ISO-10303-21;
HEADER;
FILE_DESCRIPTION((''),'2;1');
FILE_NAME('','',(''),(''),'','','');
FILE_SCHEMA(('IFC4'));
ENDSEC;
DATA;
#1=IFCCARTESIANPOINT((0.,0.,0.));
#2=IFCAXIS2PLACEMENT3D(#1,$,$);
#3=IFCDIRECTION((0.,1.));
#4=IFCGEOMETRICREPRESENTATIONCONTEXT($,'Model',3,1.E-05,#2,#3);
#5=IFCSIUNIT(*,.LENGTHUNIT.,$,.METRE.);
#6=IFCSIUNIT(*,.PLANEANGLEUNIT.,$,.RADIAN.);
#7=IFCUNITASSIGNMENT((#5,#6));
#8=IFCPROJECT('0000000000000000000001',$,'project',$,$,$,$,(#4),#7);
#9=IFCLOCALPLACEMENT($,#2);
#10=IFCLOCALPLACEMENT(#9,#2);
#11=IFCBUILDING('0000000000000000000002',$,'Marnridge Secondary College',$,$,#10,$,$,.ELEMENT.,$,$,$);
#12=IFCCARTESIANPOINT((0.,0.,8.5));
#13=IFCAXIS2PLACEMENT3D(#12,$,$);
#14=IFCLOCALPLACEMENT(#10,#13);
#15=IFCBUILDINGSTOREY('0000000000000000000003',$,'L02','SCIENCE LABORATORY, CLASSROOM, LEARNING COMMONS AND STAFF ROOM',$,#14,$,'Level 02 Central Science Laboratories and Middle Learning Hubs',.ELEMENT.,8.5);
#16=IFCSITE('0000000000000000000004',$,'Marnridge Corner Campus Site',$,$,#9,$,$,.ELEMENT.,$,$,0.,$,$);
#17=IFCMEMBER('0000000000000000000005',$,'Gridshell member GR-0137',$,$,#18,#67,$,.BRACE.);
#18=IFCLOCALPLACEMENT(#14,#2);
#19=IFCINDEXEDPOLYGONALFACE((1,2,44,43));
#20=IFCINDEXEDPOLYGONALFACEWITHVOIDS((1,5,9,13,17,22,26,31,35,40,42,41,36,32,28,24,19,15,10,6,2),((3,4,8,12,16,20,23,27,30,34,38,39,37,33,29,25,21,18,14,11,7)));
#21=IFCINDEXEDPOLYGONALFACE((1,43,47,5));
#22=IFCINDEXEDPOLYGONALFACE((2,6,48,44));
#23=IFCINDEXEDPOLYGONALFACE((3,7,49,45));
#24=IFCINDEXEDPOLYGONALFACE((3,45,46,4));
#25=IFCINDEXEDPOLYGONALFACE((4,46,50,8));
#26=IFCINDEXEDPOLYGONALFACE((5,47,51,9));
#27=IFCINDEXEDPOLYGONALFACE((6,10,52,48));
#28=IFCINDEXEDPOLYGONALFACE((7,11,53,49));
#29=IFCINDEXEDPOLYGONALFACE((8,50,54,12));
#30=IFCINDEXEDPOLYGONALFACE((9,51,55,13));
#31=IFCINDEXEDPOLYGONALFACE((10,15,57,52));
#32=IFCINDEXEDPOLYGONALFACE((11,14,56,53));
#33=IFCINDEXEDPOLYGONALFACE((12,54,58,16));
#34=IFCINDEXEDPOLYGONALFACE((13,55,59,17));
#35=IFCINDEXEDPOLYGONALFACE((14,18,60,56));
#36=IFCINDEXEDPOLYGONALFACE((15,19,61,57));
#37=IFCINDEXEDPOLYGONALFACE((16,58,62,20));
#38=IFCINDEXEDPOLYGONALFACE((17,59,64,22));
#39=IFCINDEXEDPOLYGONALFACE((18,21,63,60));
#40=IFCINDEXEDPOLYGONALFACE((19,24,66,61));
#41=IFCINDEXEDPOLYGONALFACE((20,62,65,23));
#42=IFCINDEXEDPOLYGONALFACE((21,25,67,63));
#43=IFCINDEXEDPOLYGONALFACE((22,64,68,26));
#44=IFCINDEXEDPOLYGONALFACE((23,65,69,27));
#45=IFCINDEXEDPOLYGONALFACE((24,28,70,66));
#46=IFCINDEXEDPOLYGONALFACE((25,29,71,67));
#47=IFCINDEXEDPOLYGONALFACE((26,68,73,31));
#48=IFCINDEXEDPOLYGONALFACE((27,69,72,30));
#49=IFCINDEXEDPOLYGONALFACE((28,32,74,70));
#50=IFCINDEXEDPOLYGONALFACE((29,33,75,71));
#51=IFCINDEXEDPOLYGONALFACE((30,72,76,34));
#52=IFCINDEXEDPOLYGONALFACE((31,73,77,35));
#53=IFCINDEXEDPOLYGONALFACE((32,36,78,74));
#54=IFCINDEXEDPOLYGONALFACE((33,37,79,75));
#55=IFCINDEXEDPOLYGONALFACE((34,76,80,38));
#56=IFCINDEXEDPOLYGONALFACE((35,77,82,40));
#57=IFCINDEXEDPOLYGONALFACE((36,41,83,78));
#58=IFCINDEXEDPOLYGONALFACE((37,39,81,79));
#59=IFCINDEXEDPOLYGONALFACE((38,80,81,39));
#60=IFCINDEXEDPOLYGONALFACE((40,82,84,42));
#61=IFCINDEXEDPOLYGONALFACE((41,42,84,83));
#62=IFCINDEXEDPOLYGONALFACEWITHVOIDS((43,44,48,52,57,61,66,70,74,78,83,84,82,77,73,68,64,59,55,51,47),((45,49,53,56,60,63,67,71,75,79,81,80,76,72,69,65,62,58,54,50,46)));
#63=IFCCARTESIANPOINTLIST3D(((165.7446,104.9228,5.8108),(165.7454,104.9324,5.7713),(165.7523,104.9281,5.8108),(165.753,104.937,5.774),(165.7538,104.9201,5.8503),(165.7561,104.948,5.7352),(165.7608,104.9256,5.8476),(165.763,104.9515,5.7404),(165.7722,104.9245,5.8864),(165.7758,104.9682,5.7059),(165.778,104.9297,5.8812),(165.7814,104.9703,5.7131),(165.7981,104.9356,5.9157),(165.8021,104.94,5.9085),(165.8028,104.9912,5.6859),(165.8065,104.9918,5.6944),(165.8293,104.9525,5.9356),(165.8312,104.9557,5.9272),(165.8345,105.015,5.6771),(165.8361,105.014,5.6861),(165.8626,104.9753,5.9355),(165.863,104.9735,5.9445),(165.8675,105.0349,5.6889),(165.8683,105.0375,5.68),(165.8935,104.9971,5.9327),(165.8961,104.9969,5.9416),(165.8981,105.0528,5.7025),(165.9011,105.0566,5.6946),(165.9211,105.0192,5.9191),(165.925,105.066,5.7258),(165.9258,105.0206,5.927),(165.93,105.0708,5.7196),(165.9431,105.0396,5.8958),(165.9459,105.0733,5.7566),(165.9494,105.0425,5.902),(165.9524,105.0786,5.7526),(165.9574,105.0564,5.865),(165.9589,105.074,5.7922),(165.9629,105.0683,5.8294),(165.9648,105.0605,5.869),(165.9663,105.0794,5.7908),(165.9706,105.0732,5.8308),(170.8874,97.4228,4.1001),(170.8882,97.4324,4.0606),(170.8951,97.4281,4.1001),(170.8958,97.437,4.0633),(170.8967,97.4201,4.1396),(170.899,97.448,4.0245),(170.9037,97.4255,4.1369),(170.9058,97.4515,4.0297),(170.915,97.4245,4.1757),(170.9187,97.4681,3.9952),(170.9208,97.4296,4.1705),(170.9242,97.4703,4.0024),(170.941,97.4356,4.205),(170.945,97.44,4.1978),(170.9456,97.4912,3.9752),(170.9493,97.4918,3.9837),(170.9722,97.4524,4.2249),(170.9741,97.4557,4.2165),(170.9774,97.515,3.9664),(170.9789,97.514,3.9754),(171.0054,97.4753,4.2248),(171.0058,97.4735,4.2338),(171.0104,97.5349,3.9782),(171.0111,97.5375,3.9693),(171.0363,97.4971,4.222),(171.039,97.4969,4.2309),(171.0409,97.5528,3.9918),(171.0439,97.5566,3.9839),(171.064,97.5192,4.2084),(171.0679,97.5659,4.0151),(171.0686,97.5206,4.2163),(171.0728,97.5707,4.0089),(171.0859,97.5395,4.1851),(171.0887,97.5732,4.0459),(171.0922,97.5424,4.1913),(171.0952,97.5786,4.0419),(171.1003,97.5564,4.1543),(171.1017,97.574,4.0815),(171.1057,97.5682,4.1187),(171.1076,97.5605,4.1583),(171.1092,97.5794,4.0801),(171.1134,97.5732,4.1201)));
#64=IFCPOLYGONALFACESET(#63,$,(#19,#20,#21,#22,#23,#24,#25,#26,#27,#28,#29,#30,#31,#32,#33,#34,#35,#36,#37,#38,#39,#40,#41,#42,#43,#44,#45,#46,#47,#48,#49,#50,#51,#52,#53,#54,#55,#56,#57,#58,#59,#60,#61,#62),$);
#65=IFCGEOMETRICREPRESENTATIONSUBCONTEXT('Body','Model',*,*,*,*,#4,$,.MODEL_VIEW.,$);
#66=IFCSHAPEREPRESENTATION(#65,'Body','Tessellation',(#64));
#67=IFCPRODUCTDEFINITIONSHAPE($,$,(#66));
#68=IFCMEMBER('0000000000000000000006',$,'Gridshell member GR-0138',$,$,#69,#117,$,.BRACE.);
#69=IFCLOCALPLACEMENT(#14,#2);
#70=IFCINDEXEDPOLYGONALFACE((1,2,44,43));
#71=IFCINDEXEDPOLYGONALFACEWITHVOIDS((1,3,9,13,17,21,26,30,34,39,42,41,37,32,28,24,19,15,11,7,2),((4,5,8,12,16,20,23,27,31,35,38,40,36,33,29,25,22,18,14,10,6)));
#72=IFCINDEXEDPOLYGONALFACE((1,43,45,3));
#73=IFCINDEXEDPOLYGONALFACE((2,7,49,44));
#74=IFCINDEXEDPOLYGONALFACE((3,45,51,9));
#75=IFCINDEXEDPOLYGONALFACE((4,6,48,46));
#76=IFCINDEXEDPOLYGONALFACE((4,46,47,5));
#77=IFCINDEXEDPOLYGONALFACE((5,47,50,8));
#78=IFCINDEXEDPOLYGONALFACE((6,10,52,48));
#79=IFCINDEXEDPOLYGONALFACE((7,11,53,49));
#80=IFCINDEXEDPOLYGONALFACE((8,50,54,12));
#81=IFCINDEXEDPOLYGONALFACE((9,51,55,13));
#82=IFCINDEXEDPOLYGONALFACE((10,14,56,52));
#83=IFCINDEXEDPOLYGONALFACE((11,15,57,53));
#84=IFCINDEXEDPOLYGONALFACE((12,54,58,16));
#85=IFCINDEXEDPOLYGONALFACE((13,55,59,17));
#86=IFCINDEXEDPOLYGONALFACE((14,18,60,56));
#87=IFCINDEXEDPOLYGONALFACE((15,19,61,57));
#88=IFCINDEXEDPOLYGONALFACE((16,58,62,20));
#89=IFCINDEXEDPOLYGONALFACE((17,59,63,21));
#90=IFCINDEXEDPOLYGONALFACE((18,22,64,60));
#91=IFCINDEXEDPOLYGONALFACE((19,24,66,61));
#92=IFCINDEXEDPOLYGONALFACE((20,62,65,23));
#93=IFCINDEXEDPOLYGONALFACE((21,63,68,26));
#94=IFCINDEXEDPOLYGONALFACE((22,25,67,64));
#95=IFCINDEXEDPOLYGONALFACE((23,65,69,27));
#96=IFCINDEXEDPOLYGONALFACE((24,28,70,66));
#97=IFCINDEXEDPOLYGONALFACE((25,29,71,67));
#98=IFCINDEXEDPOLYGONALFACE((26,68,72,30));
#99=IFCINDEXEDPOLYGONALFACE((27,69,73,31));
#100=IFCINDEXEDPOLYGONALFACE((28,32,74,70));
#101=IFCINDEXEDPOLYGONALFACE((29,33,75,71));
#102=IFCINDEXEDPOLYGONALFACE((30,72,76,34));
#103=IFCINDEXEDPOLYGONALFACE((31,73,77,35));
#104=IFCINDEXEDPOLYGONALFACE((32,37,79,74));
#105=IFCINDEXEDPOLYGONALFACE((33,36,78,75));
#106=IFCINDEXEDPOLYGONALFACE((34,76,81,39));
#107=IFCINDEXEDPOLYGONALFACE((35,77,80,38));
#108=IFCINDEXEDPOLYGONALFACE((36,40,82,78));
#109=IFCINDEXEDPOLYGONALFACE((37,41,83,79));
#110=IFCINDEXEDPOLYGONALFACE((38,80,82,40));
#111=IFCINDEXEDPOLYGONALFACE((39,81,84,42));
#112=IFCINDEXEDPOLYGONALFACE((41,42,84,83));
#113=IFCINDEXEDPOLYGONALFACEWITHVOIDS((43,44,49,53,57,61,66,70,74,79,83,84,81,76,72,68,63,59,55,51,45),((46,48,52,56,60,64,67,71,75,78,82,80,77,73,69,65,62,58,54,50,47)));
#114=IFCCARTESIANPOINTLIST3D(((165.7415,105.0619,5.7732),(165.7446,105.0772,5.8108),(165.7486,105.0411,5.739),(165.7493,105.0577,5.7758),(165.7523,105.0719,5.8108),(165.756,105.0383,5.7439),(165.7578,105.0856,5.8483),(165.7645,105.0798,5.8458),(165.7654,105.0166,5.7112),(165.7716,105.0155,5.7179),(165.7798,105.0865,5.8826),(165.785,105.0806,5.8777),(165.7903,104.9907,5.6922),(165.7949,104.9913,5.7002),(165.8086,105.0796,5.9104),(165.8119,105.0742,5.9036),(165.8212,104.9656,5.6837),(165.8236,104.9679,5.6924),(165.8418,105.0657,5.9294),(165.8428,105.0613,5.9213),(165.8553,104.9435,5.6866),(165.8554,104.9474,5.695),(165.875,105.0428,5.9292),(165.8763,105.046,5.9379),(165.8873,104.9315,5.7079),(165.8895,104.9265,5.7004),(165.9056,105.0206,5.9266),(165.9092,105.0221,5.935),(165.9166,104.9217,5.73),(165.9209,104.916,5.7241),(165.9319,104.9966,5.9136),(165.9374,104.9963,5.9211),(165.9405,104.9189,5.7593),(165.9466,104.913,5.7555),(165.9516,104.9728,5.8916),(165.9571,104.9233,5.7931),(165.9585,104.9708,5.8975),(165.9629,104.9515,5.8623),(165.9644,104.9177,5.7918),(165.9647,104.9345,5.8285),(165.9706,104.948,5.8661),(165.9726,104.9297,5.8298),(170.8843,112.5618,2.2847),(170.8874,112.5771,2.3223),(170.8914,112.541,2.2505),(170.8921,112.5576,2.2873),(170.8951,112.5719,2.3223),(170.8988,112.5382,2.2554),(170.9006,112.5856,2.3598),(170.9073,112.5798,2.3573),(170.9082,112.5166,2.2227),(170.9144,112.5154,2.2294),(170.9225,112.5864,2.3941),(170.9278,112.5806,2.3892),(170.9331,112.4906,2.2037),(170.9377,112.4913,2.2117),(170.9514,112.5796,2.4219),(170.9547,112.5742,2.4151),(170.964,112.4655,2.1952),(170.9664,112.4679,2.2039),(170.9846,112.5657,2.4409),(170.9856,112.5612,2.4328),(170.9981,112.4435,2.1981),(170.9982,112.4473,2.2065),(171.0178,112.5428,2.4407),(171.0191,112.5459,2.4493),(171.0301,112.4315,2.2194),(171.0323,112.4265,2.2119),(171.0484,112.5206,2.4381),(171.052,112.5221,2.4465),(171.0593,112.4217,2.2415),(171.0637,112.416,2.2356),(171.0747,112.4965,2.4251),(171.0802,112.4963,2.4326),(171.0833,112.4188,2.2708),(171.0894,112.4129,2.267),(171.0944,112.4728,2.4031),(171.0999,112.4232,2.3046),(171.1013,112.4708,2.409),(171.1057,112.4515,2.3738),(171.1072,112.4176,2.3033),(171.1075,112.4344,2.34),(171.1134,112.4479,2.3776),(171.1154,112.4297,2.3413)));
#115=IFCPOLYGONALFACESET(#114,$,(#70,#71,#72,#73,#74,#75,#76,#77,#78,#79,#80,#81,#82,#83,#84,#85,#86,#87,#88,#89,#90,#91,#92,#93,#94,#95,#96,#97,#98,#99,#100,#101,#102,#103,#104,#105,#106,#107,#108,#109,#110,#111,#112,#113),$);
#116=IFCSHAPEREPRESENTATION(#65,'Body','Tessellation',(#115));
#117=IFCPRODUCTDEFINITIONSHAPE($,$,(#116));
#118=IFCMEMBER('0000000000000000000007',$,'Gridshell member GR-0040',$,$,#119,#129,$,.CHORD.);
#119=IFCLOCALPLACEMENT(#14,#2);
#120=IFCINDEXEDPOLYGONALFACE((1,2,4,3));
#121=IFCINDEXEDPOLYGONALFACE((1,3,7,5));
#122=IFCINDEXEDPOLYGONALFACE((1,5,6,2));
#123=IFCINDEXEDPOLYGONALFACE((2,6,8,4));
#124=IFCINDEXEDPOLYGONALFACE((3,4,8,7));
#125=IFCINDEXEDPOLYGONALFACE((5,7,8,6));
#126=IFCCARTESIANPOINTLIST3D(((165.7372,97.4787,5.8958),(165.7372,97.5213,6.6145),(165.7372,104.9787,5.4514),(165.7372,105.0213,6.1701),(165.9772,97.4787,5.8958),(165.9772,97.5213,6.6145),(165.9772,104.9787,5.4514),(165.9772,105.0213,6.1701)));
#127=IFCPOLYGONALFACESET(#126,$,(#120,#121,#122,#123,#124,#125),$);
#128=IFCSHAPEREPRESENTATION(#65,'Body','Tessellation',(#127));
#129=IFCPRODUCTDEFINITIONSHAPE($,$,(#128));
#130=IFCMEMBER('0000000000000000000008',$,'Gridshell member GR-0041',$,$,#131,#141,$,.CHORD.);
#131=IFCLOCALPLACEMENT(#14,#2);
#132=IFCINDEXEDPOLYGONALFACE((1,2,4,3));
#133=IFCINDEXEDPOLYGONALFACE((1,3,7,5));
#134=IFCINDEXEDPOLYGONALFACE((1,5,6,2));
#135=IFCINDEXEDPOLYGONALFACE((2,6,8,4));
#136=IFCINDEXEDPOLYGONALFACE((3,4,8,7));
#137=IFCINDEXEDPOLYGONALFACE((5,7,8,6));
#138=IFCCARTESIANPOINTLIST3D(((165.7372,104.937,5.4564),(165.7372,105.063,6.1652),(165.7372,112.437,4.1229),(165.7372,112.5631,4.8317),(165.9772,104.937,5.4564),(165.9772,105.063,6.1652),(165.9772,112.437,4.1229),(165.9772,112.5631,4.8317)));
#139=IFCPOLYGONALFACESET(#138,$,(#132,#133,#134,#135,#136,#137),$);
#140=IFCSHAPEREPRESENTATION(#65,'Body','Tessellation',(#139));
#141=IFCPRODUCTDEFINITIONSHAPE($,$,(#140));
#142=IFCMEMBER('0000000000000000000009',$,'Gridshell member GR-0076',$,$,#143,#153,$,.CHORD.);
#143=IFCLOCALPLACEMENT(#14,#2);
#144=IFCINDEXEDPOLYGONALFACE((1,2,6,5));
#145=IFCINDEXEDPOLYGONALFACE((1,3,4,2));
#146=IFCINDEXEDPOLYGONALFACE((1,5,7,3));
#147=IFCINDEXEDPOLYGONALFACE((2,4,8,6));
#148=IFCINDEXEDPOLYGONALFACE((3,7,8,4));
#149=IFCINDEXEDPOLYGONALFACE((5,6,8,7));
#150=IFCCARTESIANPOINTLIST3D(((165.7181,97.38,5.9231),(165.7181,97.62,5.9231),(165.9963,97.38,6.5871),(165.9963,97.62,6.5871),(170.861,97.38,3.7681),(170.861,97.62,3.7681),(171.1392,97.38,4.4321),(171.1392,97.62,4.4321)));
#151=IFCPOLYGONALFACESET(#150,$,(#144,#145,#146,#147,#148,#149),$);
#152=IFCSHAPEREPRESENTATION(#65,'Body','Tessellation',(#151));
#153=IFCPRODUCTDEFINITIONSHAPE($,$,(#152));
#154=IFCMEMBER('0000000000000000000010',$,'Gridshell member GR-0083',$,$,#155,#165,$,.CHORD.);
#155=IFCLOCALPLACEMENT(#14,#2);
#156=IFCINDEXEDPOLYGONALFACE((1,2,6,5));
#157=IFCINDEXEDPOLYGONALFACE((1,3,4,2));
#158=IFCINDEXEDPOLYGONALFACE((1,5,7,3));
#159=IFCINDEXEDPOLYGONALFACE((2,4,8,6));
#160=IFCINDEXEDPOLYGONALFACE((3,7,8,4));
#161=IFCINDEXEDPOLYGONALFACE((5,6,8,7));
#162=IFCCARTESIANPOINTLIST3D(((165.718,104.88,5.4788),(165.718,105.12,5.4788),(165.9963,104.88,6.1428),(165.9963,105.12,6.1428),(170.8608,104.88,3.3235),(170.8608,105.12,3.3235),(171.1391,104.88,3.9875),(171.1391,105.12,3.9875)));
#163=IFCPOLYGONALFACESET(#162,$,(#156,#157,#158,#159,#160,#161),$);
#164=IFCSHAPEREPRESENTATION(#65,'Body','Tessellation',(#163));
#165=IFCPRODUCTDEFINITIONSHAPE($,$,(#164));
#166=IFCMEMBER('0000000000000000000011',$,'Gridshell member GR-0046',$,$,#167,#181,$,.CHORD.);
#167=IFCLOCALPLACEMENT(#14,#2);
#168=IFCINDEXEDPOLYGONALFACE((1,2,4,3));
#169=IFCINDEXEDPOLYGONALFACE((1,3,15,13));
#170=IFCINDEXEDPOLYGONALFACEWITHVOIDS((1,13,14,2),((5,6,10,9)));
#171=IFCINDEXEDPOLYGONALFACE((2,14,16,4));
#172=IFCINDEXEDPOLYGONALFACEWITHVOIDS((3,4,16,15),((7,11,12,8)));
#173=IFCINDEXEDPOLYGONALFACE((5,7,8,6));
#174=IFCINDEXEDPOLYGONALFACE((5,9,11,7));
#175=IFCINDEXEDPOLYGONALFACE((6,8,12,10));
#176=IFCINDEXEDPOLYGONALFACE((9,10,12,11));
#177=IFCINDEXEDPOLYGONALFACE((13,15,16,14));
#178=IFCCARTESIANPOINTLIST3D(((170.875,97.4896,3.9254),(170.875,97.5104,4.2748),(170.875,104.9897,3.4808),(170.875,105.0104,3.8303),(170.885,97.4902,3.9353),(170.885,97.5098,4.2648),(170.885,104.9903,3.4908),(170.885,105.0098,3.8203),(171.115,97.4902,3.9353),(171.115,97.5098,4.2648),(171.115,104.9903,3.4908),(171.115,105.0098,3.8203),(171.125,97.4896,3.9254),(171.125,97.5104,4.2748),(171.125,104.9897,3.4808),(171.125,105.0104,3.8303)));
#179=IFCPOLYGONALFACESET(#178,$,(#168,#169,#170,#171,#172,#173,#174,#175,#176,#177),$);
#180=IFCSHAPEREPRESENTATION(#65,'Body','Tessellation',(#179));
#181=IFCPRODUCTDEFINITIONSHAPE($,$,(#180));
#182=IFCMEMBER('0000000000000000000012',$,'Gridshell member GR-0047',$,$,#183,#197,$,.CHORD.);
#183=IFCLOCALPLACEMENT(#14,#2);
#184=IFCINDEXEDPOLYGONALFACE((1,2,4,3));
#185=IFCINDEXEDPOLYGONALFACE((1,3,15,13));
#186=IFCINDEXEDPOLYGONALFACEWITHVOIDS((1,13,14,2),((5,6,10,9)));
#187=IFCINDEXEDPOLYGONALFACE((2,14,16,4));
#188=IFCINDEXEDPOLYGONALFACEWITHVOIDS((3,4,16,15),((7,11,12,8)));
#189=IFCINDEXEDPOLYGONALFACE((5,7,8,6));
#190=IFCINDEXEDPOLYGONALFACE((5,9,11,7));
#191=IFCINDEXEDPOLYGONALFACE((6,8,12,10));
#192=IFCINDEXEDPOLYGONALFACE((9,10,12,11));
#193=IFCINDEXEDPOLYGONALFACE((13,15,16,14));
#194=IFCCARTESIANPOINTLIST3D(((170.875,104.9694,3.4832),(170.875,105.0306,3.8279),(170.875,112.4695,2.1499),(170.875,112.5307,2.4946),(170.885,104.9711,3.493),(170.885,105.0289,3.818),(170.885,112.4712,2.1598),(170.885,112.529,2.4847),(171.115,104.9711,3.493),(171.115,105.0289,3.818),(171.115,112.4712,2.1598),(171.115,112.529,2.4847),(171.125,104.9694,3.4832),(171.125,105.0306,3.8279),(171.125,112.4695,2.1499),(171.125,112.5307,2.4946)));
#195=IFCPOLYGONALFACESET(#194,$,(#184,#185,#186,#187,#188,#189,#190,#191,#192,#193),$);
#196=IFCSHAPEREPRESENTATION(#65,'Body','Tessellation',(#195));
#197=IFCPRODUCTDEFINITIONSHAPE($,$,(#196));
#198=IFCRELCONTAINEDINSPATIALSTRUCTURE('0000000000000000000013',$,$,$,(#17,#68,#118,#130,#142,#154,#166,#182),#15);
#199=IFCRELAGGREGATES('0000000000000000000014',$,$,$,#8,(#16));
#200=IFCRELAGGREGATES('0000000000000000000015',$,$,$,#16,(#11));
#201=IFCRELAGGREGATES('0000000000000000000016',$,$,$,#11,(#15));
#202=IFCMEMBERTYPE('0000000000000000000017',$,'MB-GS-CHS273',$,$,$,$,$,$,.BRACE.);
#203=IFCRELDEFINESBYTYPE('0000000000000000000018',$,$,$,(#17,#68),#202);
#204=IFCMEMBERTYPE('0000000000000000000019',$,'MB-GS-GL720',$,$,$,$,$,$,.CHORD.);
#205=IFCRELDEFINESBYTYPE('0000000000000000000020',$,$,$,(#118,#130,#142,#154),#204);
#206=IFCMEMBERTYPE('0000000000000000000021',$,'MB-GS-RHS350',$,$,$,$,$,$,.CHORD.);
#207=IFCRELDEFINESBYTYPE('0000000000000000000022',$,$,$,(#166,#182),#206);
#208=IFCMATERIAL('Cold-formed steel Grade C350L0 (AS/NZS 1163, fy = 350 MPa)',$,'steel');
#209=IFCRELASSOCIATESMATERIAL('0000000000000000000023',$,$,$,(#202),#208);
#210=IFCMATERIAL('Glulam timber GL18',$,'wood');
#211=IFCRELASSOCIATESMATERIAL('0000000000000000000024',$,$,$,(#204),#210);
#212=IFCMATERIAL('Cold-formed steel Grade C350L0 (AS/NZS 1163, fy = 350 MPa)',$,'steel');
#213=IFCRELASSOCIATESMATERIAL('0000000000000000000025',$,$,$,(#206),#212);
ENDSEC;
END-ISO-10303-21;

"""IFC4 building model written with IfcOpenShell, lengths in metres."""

from ifc_helpers import new_model, si_unit, direction, frame, origin, origin_2d, place, context, subcontext, project, spatial, rectangle, hollow_rectangle, hollow_circle, extrude, material, material_profile, profile_set, type_object, element, save


model = new_model("IFC4")

# Units and contexts
model_context = context("Model", 3, precision=1e-05, world=origin(), true_north=direction((0.0, 1.0)))
body_context = subcontext(model_context, "Body", "Model", "MODEL_VIEW")
ifc_project = project(units=[si_unit("LENGTHUNIT", "METRE"), si_unit("PLANEANGLEUNIT", "RADIAN")], contexts=[model_context])

# Site, building, storey
site_placement = place(None, origin())
site = spatial("IfcSite", under=ifc_project, at=site_placement, Name="Marnridge Corner Campus Site", CompositionType="ELEMENT", RefElevation=0.0)
building_placement = place(site_placement, origin())
building = spatial("IfcBuilding", under=site, at=building_placement, Name="Marnridge Secondary College", CompositionType="ELEMENT")
storey_placement = place(building_placement, frame((0.0, 0.0, 8.5)))
storey = spatial("IfcBuildingStorey", under=building, at=storey_placement, Name="L02", Description="SCIENCE LABORATORY, CLASSROOM, LEARNING COMMONS AND STAFF ROOM", LongName="Level 02 Central Science Laboratories and Middle Learning Hubs", CompositionType="ELEMENT", Elevation=8.5)

# Members
ifc_material_1 = material(Name="Cold-formed steel Grade C350L0 (AS/NZS 1163, fy = 350 MPa)", Category="steel")
ifc_material_profile_1 = material_profile(ifc_material_1, hollow_circle(Radius=0.1365, WallThickness=0.0093, at=origin_2d()), Name="273.1x9.3CHS")
ifc_profile_set_1 = profile_set([ifc_material_profile_1], Name="Cold-formed steel Grade C350L0 (AS/NZS 1163, fy = 350 MPa)")
member_type_1 = type_object("IfcMemberType", Name="MB-GS-CHS273", PredefinedType="BRACE", material=ifc_profile_set_1)
member_1_placement = place(storey_placement, frame((171.0, 97.5, 4.1001), z_axis=(-0.555778, 0.810514, 0.184872), x_axis=(-0.824731, -0.565526, 0.0)))
element("IfcMember", 1, at=member_1_placement, inside=storey, type_object=member_type_1, Name="Gridshell member GR-0137", PredefinedType="BRACE", context=body_context, shape_type="SweptSolid", body=[
    extrude(hollow_circle(Radius=0.1365, WallThickness=0.0093, at=origin_2d()), origin(), (0.0, 0.0, 1.0), 9.2534),
])
member_2_placement = place(storey_placement, frame((165.8572, 105.0, 5.8108), z_axis=(0.528008, 0.770017, -0.358163), x_axis=(-0.824731, 0.565526, 0.0)))
element("IfcMember", 2, at=member_2_placement, inside=storey, type_object=member_type_1, Name="Gridshell member GR-0138", PredefinedType="BRACE", context=body_context, shape_type="SweptSolid", body=[
    extrude(hollow_circle(Radius=0.1365, WallThickness=0.0093, at=origin_2d()), origin(), (0.0, 0.0, 1.0), 9.74),
])
ifc_material_2 = material(Name="Glulam timber GL18", Category="wood")
ifc_material_profile_2 = material_profile(ifc_material_2, rectangle(XDim=0.24, YDim=0.72, at=origin_2d()), Name="GL18 240x720")
ifc_profile_set_2 = profile_set([ifc_material_profile_2], Name="Glulam timber GL18")
member_type_2 = type_object("IfcMemberType", Name="MB-GS-GL720", PredefinedType="CHORD", material=ifc_profile_set_2)
member_3_placement = place(storey_placement, frame((165.8572, 97.5, 6.2551), z_axis=(0.0, 0.99825, -0.059141), x_axis=(-1.0, 0.0, 0.0)))
element("IfcMember", 3, at=member_3_placement, inside=storey, type_object=member_type_2, Name="Gridshell member GR-0040", PredefinedType="CHORD", context=body_context, shape_type="SweptSolid", body=[
    extrude(rectangle(XDim=0.24, YDim=0.72, at=origin_2d()), origin(), (0.0, 0.0, 1.0), 7.5132),
])
member_4_placement = place(storey_placement, frame((165.8572, 105.0, 5.8108), z_axis=(0.0, 0.984559, -0.175054), x_axis=(-1.0, 0.0, 0.0)))
element("IfcMember", 4, at=member_4_placement, inside=storey, type_object=member_type_2, Name="Gridshell member GR-0041", PredefinedType="CHORD", context=body_context, shape_type="SweptSolid", body=[
    extrude(rectangle(XDim=0.24, YDim=0.72, at=origin_2d()), origin(), (0.0, 0.0, 1.0), 7.6177),
])
for number, where, z_axis, x_axis, name in (
    (5, (165.8572, 97.5, 6.2551), (0.922299, 0.0, -0.386477), (0.0, 1.0, 0.0), "Gridshell member GR-0076"),
    (6, (165.8572, 105.0, 5.8108), (0.922284, 0.0, -0.386514), (0.0, 1.0, 0.0), "Gridshell member GR-0083"),
):
    element("IfcMember", number, at=place(storey_placement, frame(where, z_axis=z_axis, x_axis=x_axis)), inside=storey, type_object=member_type_2, Name=name, PredefinedType="CHORD", context=body_context, shape_type="SweptSolid", body=[
        extrude(rectangle(XDim=0.24, YDim=0.72, at=origin_2d()), origin(), (0.0, 0.0, 1.0), 5.5762),
    ])
ifc_material_3 = material(Name="Cold-formed steel Grade C350L0 (AS/NZS 1163, fy = 350 MPa)", Category="steel")
ifc_material_profile_3 = material_profile(ifc_material_3, hollow_rectangle(XDim=0.25, YDim=0.3501, WallThickness=0.01, at=origin_2d()), Name="350x250x10.0RHS")
ifc_profile_set_3 = profile_set([ifc_material_profile_3], Name="Cold-formed steel Grade C350L0 (AS/NZS 1163, fy = 350 MPa)")
member_type_3 = type_object("IfcMemberType", Name="MB-GS-RHS350", PredefinedType="CHORD", material=ifc_profile_set_3)
member_5_placement = place(storey_placement, frame((171.0, 97.5, 4.1001), z_axis=(0.0, 0.998248, -0.059173), x_axis=(-1.0, 0.0, 0.0)))
element("IfcMember", 7, at=member_5_placement, inside=storey, type_object=member_type_3, Name="Gridshell member GR-0046", PredefinedType="CHORD", context=body_context, shape_type="SweptSolid", body=[
    extrude(hollow_rectangle(XDim=0.25, YDim=0.3501, WallThickness=0.01, at=origin_2d()), origin(), (0.0, 0.0, 1.0), 7.5132),
])
member_6_placement = place(storey_placement, frame((171.0, 105.0, 3.6555), z_axis=(0.0, 0.984564, -0.175023), x_axis=(-1.0, 0.0, 0.0)))
element("IfcMember", 8, at=member_6_placement, inside=storey, type_object=member_type_3, Name="Gridshell member GR-0047", PredefinedType="CHORD", context=body_context, shape_type="SweptSolid", body=[
    extrude(hollow_rectangle(XDim=0.25, YDim=0.3501, WallThickness=0.01, at=origin_2d()), origin(), (0.0, 0.0, 1.0), 7.6177),
])

save(model, "model.ifc")
